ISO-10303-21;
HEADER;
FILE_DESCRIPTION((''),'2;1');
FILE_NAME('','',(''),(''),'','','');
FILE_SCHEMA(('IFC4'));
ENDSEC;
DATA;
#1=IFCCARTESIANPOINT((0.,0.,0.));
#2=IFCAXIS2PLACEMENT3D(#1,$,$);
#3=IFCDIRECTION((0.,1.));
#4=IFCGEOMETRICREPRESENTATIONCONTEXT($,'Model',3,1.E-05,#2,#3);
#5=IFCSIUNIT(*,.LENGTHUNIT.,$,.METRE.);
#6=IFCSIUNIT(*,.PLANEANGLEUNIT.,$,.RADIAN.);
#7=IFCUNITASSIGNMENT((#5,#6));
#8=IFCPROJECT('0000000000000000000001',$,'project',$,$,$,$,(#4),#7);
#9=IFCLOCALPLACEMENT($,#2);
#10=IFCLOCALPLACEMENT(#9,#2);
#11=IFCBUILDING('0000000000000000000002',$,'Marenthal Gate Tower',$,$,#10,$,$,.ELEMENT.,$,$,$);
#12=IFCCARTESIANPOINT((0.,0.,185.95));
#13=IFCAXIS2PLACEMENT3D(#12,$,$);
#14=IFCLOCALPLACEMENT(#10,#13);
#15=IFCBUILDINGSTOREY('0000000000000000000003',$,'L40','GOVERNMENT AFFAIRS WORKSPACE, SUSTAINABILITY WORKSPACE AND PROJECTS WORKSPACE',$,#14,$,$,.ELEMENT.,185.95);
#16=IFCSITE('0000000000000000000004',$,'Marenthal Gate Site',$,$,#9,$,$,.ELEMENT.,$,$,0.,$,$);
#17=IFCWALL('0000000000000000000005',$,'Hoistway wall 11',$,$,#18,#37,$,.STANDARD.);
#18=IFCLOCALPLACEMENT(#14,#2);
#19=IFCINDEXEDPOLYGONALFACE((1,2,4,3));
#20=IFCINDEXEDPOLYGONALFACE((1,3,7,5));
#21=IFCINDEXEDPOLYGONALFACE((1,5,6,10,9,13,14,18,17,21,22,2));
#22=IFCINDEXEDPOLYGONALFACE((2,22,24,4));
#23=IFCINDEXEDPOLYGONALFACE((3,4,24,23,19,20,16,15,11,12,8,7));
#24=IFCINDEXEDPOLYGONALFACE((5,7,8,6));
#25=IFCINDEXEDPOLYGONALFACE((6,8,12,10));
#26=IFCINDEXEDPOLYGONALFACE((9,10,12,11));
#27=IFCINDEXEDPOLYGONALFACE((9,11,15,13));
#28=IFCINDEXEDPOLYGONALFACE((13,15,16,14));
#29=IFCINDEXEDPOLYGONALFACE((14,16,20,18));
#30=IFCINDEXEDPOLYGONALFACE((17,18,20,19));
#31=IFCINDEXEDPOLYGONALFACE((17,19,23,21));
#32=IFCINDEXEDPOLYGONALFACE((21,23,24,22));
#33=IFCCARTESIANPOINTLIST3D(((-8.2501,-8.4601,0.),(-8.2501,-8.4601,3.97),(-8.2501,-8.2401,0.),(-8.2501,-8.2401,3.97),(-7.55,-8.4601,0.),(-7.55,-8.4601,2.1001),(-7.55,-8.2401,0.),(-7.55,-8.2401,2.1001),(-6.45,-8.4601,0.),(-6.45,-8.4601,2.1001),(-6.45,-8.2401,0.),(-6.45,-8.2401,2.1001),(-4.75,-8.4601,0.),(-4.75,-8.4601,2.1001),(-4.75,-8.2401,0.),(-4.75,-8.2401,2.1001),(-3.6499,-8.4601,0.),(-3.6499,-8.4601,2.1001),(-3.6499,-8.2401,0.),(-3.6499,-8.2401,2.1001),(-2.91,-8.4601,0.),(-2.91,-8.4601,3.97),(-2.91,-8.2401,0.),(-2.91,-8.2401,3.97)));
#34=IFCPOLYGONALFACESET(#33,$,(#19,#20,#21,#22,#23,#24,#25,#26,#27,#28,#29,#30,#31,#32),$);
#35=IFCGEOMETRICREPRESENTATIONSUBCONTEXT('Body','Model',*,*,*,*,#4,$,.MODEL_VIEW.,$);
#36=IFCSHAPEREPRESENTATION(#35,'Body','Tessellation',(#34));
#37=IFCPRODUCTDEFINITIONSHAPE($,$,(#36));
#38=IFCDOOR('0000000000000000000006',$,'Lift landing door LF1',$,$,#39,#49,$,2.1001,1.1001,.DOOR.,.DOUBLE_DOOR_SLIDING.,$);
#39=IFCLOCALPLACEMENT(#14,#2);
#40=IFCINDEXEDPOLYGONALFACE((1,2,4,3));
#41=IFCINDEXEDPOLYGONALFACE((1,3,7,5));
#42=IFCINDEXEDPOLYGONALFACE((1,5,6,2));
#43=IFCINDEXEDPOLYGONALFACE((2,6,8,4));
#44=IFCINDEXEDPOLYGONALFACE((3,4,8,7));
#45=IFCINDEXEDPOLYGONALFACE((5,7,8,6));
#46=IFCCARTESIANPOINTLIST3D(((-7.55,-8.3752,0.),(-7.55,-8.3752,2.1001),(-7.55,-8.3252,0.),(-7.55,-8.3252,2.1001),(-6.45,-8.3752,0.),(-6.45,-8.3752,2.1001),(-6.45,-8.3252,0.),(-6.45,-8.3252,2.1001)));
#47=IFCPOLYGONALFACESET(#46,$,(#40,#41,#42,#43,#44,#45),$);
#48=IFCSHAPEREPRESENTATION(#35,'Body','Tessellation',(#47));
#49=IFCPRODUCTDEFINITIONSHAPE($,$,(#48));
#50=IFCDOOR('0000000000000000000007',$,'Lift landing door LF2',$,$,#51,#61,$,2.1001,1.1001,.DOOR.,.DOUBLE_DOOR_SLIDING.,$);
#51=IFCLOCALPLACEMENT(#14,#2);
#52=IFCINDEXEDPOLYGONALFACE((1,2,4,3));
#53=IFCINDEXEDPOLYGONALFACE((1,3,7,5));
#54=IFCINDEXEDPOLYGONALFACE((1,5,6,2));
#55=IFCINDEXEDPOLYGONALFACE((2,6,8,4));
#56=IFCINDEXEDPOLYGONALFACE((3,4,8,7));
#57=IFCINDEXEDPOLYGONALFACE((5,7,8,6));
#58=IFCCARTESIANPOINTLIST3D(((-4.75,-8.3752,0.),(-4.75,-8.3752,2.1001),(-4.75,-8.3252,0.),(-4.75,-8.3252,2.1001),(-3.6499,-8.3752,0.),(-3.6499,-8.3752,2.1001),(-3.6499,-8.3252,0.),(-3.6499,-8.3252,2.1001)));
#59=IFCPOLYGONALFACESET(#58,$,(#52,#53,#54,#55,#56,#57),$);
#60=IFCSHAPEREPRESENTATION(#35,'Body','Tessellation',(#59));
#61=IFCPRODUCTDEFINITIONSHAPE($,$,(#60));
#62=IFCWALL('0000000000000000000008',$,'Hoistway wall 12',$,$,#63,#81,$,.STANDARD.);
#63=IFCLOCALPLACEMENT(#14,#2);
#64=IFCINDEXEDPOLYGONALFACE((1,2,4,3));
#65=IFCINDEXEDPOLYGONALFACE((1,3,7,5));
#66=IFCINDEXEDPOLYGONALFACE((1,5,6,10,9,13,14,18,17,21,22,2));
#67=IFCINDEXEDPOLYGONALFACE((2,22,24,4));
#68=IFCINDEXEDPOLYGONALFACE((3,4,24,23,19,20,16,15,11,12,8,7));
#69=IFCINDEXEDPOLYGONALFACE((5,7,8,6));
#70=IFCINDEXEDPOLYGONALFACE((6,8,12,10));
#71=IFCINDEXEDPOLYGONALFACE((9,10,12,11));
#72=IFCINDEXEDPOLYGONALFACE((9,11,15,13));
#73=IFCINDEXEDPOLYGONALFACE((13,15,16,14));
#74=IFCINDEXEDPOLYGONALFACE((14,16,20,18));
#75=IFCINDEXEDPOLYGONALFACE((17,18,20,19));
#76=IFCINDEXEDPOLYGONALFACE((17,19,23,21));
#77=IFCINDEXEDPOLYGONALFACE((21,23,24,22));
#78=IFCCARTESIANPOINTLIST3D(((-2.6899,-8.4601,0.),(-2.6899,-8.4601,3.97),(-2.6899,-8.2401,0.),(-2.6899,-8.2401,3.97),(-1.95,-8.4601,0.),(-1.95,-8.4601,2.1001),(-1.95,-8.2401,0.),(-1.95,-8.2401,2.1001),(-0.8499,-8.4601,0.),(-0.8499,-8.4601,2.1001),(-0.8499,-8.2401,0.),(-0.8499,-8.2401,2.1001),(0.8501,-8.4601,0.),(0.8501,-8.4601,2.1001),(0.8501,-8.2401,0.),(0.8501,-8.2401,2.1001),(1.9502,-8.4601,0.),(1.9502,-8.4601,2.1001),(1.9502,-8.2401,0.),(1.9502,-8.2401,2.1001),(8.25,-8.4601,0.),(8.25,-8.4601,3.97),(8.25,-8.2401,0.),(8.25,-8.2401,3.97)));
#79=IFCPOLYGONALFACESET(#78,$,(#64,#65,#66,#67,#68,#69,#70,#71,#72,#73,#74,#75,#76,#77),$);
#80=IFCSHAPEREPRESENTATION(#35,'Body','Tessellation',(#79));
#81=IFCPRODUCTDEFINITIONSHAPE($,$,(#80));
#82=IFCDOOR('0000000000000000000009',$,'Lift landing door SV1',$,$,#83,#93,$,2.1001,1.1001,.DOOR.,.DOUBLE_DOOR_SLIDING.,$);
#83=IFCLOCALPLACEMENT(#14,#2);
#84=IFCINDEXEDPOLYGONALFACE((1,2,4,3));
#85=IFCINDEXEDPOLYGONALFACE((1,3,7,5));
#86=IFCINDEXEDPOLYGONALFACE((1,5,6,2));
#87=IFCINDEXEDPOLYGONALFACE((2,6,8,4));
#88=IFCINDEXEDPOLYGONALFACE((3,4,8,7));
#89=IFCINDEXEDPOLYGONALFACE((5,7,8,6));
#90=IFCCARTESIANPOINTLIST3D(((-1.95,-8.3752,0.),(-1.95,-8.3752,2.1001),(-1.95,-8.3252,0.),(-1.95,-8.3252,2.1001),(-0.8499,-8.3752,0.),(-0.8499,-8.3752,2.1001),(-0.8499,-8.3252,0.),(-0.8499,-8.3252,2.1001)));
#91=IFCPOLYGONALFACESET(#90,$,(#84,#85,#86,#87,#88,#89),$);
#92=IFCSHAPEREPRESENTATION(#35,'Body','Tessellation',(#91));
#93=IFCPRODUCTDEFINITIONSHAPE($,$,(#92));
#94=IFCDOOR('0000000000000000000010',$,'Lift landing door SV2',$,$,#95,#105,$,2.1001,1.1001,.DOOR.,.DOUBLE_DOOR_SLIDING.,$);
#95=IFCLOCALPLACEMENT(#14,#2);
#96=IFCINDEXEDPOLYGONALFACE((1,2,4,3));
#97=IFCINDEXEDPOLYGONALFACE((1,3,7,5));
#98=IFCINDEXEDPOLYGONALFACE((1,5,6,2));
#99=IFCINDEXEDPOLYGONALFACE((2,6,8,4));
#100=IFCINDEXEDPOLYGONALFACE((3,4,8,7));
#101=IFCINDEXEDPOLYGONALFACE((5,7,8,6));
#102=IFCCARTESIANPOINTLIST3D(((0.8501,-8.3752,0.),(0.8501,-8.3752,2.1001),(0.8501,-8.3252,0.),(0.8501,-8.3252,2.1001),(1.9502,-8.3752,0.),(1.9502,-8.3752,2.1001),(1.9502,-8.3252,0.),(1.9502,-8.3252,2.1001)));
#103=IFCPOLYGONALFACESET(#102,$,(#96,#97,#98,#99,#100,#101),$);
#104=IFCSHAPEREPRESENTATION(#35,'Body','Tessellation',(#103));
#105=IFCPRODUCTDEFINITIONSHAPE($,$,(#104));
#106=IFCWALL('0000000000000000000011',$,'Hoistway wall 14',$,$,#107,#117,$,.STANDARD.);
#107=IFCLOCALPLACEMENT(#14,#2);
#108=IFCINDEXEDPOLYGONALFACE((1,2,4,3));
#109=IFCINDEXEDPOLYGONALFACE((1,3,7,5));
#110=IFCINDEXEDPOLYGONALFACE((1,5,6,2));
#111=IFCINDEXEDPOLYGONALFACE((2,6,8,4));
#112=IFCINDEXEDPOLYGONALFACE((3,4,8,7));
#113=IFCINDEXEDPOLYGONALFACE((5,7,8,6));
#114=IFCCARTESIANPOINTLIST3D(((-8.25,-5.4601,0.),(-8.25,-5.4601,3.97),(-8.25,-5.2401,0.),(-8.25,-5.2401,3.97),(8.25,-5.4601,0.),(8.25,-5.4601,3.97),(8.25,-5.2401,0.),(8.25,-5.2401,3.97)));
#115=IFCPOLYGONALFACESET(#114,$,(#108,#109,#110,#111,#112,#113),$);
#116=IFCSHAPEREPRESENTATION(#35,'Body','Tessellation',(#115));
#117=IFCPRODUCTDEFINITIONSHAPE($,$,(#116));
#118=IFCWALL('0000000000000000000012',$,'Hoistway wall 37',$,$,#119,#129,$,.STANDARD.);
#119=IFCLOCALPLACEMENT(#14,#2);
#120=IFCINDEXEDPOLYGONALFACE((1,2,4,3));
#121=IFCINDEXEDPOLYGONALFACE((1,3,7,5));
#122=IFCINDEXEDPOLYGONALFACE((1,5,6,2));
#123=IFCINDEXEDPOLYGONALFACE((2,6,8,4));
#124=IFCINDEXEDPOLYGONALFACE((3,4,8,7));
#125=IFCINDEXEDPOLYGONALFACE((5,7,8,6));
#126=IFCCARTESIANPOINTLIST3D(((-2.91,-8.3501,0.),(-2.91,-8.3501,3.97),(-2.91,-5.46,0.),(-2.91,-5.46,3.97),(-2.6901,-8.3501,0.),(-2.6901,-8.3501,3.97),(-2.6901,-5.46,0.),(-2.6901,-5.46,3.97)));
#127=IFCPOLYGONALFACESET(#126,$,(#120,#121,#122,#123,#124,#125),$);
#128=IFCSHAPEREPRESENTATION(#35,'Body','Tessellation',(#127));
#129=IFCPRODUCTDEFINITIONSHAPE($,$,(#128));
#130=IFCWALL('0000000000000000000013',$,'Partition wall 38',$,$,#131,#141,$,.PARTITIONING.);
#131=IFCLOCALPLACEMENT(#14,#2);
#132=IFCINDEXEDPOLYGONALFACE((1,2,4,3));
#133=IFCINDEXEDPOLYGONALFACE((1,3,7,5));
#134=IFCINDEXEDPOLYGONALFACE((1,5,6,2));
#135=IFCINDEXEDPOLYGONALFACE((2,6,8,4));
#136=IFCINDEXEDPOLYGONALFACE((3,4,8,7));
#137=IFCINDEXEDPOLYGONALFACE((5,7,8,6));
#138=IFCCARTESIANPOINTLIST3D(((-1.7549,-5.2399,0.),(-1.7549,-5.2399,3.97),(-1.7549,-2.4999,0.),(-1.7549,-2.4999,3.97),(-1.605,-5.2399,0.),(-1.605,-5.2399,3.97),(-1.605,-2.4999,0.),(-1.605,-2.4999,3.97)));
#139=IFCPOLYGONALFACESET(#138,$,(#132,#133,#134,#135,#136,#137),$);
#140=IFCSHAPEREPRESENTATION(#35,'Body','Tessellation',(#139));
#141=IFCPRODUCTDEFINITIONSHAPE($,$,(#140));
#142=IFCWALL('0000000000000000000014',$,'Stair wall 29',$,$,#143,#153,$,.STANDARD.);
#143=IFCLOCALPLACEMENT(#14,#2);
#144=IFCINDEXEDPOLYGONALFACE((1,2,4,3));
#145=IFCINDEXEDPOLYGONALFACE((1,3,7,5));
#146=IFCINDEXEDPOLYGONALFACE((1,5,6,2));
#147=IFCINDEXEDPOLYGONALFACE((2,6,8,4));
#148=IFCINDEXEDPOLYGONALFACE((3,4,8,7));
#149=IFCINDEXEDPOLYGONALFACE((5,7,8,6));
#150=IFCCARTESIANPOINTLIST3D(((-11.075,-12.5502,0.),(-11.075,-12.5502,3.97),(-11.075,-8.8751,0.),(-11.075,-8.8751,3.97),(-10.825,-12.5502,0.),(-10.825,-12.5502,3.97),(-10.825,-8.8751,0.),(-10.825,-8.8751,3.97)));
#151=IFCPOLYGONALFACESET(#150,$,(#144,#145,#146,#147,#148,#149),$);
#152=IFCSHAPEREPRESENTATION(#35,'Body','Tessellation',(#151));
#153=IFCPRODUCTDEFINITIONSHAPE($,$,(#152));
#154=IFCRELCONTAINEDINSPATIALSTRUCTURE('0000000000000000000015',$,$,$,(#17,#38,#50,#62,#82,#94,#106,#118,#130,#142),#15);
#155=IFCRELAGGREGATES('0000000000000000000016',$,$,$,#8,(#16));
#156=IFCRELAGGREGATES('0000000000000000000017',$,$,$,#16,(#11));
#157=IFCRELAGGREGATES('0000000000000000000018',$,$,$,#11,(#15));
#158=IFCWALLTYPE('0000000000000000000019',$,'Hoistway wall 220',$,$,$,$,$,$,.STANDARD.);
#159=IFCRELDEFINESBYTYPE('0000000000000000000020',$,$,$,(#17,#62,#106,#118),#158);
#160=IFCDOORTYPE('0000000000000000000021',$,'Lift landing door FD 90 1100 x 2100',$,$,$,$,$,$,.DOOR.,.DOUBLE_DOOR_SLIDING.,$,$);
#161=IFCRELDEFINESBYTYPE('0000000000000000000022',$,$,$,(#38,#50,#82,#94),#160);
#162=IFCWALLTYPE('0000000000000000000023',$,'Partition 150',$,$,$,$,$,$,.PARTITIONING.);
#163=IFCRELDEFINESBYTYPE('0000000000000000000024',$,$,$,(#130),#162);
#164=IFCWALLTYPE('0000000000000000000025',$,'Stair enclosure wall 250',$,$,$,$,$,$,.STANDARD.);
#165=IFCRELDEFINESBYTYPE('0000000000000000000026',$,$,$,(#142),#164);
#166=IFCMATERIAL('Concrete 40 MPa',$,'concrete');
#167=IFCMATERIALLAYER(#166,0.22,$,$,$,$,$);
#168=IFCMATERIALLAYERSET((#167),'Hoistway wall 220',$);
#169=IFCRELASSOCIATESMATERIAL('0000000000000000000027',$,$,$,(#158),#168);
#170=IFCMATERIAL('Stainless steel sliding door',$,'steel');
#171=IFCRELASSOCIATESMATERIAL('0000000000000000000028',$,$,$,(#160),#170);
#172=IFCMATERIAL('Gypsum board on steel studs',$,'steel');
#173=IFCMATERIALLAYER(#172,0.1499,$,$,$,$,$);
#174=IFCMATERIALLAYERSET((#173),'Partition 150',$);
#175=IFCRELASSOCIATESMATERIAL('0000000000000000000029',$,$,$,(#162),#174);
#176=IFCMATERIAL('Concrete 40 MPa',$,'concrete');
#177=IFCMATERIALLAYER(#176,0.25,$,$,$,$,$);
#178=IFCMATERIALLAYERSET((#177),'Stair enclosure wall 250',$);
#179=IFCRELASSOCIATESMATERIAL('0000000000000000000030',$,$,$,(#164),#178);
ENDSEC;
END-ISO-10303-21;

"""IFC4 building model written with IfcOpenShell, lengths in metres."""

from ifc_helpers import new_model, si_unit, direction, frame, frame_2d, origin, place, context, subcontext, project, spatial, rectangle, extrude, material, layer, layer_set, type_object, element, fill, save


model = new_model("IFC4")

# Units and contexts
model_context = context("Model", 3, precision=1e-05, world=origin(), true_north=direction((0.0, 1.0)))
body_context = subcontext(model_context, "Body", "Model", "MODEL_VIEW")
ifc_project = project(units=[si_unit("LENGTHUNIT", "METRE"), si_unit("PLANEANGLEUNIT", "RADIAN")], contexts=[model_context])

# Site, building, storey
site_placement = place(None, origin())
site = spatial("IfcSite", under=ifc_project, at=site_placement, Name="Marenthal Gate Site", CompositionType="ELEMENT", RefElevation=0.0)
building_placement = place(site_placement, origin())
building = spatial("IfcBuilding", under=site, at=building_placement, Name="Marenthal Gate Tower", CompositionType="ELEMENT")
storey_placement = place(building_placement, frame((0.0, 0.0, 185.95)))
storey = spatial("IfcBuildingStorey", under=building, at=storey_placement, Name="L40", Description="GOVERNMENT AFFAIRS WORKSPACE, SUSTAINABILITY WORKSPACE AND PROJECTS WORKSPACE", CompositionType="ELEMENT", Elevation=185.95)

# Walls, openings, doors
ifc_material_1 = material(Name="Concrete 40 MPa", Category="concrete")
ifc_layer_1 = layer(ifc_material_1, 0.22)
ifc_layer_set_1 = layer_set([ifc_layer_1], Name="Hoistway wall 220")
wall_type_1 = type_object("IfcWallType", Name="Hoistway wall 220", PredefinedType="STANDARD", material=ifc_layer_set_1)
wall_1_placement = place(storey_placement, frame((-8.25, -8.3501, 0.0), z_axis=(0.0, 0.0, 1.0), x_axis=(1.0, 0.0, 0.0)))
wall_1 = element("IfcWall", 1, at=wall_1_placement, inside=storey, type_object=wall_type_1, Name="Hoistway wall 11", PredefinedType="STANDARD", context=body_context, shape_type="SweptSolid", body=[
    extrude(rectangle(XDim=5.3401, YDim=0.22, at=frame_2d((2.6699, 0.0))), origin(), (0.0, 0.0, 1.0), 3.97),
])
opening_1_placement = place(wall_1_placement, frame((0.7, 0.0, 0.0)))
opening_1 = element("IfcOpeningElement", 2, at=opening_1_placement, cuts=wall_1, PredefinedType="OPENING", context=body_context, shape_type="SweptSolid", body=[
    extrude(rectangle(XDim=1.1001, YDim=2.1001, at=frame_2d((0.55, 1.05))), frame((0.0, 0.1201, 0.0), z_axis=(0.0, -1.0, 0.0), x_axis=(1.0, 0.0, 0.0)), (0.0, 0.0, 1.0), 0.24),
])
opening_2_placement = place(wall_1_placement, frame((3.5, 0.0, 0.0)))
opening_2 = element("IfcOpeningElement", 3, at=opening_2_placement, cuts=wall_1, PredefinedType="OPENING", context=body_context, shape_type="SweptSolid", body=[
    extrude(rectangle(XDim=1.1001, YDim=2.1001, at=frame_2d((0.55, 1.05))), frame((0.0, 0.1201, 0.0), z_axis=(0.0, -1.0, 0.0), x_axis=(1.0, 0.0, 0.0)), (0.0, 0.0, 1.0), 0.24),
])
ifc_material_2 = material(Name="Stainless steel sliding door", Category="steel")
door_type_1 = type_object("IfcDoorType", Name="Lift landing door FD 90 1100 x 2100", OperationType="DOUBLE_DOOR_SLIDING", PredefinedType="DOOR", material=ifc_material_2)
door_1_placement = place(opening_1_placement, origin())
door_1 = element("IfcDoor", 4, at=door_1_placement, inside=storey, type_object=door_type_1, Name="Lift landing door LF1", OperationType="DOUBLE_DOOR_SLIDING", OverallHeight=2.1001, OverallWidth=1.1001, PredefinedType="DOOR", context=body_context, shape_type="SweptSolid", body=[
    extrude(rectangle(XDim=1.1001, YDim=2.1001, at=frame_2d((0.55, 1.05))), frame((0.0, 0.0249, 0.0), z_axis=(0.0, -1.0, 0.0), x_axis=(1.0, 0.0, 0.0)), (0.0, 0.0, 1.0), 0.05),
])
fill(opening_1, door_1)
door_2_placement = place(opening_2_placement, origin())
door_2 = element("IfcDoor", 5, at=door_2_placement, inside=storey, type_object=door_type_1, Name="Lift landing door LF2", OperationType="DOUBLE_DOOR_SLIDING", OverallHeight=2.1001, OverallWidth=1.1001, PredefinedType="DOOR", context=body_context, shape_type="SweptSolid", body=[
    extrude(rectangle(XDim=1.1001, YDim=2.1001, at=frame_2d((0.55, 1.05))), frame((0.0, 0.0249, 0.0), z_axis=(0.0, -1.0, 0.0), x_axis=(1.0, 0.0, 0.0)), (0.0, 0.0, 1.0), 0.05),
])
fill(opening_2, door_2)
wall_2_placement = place(storey_placement, frame((-2.6899, -8.3501, 0.0), z_axis=(0.0, 0.0, 1.0), x_axis=(1.0, 0.0, 0.0)))
wall_2 = element("IfcWall", 6, at=wall_2_placement, inside=storey, type_object=wall_type_1, Name="Hoistway wall 12", PredefinedType="STANDARD", context=body_context, shape_type="SweptSolid", body=[
    extrude(rectangle(XDim=10.9399, YDim=0.22, at=frame_2d((5.47, 0.0))), origin(), (0.0, 0.0, 1.0), 3.97),
])
opening_3_placement = place(wall_2_placement, frame((0.74, 0.0, 0.0)))
opening_3 = element("IfcOpeningElement", 7, at=opening_3_placement, cuts=wall_2, PredefinedType="OPENING", context=body_context, shape_type="SweptSolid", body=[
    extrude(rectangle(XDim=1.1001, YDim=2.1001, at=frame_2d((0.55, 1.05))), frame((0.0, 0.1201, 0.0), z_axis=(0.0, -1.0, 0.0), x_axis=(1.0, 0.0, 0.0)), (0.0, 0.0, 1.0), 0.24),
])
opening_4_placement = place(wall_2_placement, frame((3.54, 0.0, 0.0)))
opening_4 = element("IfcOpeningElement", 8, at=opening_4_placement, cuts=wall_2, PredefinedType="OPENING", context=body_context, shape_type="SweptSolid", body=[
    extrude(rectangle(XDim=1.1001, YDim=2.1001, at=frame_2d((0.55, 1.05))), frame((0.0, 0.1201, 0.0), z_axis=(0.0, -1.0, 0.0), x_axis=(1.0, 0.0, 0.0)), (0.0, 0.0, 1.0), 0.24),
])
door_3_placement = place(opening_3_placement, origin())
door_3 = element("IfcDoor", 9, at=door_3_placement, inside=storey, type_object=door_type_1, Name="Lift landing door SV1", OperationType="DOUBLE_DOOR_SLIDING", OverallHeight=2.1001, OverallWidth=1.1001, PredefinedType="DOOR", context=body_context, shape_type="SweptSolid", body=[
    extrude(rectangle(XDim=1.1001, YDim=2.1001, at=frame_2d((0.55, 1.05))), frame((0.0, 0.0249, 0.0), z_axis=(0.0, -1.0, 0.0), x_axis=(1.0, 0.0, 0.0)), (0.0, 0.0, 1.0), 0.05),
])
fill(opening_3, door_3)
door_4_placement = place(opening_4_placement, origin())
door_4 = element("IfcDoor", 10, at=door_4_placement, inside=storey, type_object=door_type_1, Name="Lift landing door SV2", OperationType="DOUBLE_DOOR_SLIDING", OverallHeight=2.1001, OverallWidth=1.1001, PredefinedType="DOOR", context=body_context, shape_type="SweptSolid", body=[
    extrude(rectangle(XDim=1.1001, YDim=2.1001, at=frame_2d((0.55, 1.05))), frame((0.0, 0.0249, 0.0), z_axis=(0.0, -1.0, 0.0), x_axis=(1.0, 0.0, 0.0)), (0.0, 0.0, 1.0), 0.05),
])
fill(opening_4, door_4)

# Walls
wall_3_placement = place(storey_placement, frame((-8.25, -5.3501, 0.0), z_axis=(0.0, 0.0, 1.0), x_axis=(1.0, 0.0, 0.0)))
element("IfcWall", 11, at=wall_3_placement, inside=storey, type_object=wall_type_1, Name="Hoistway wall 14", PredefinedType="STANDARD", context=body_context, shape_type="SweptSolid", body=[
    extrude(rectangle(XDim=16.5, YDim=0.22, at=frame_2d((8.25, 0.0))), origin(), (0.0, 0.0, 1.0), 3.97),
])
wall_4_placement = place(storey_placement, frame((-2.8, -8.3501, 0.0), z_axis=(0.0, 0.0, 1.0), x_axis=(0.0, 1.0, 0.0)))
element("IfcWall", 12, at=wall_4_placement, inside=storey, type_object=wall_type_1, Name="Hoistway wall 37", PredefinedType="STANDARD", context=body_context, shape_type="SweptSolid", body=[
    extrude(rectangle(XDim=2.8901, YDim=0.22, at=frame_2d((1.4451, 0.0))), origin(), (0.0, 0.0, 1.0), 3.97),
])
ifc_material_3 = material(Name="Gypsum board on steel studs", Category="steel")
ifc_layer_2 = layer(ifc_material_3, 0.1499)
ifc_layer_set_2 = layer_set([ifc_layer_2], Name="Partition 150")
wall_type_2 = type_object("IfcWallType", Name="Partition 150", PredefinedType="PARTITIONING", material=ifc_layer_set_2)
wall_5_placement = place(storey_placement, frame((-1.6799, -5.24, 0.0), z_axis=(0.0, 0.0, 1.0), x_axis=(0.0, 1.0, 0.0)))
element("IfcWall", 13, at=wall_5_placement, inside=storey, type_object=wall_type_2, Name="Partition wall 38", PredefinedType="PARTITIONING", context=body_context, shape_type="SweptSolid", body=[
    extrude(rectangle(XDim=2.74, YDim=0.1499, at=frame_2d((1.3701, 0.0))), origin(), (0.0, 0.0, 1.0), 3.97),
])
ifc_material_4 = material(Name="Concrete 40 MPa", Category="concrete")
ifc_layer_3 = layer(ifc_material_4, 0.25)
ifc_layer_set_3 = layer_set([ifc_layer_3], Name="Stair enclosure wall 250")
wall_type_3 = type_object("IfcWallType", Name="Stair enclosure wall 250", PredefinedType="STANDARD", material=ifc_layer_set_3)
wall_6_placement = place(storey_placement, frame((-10.95, -12.55, 0.0), z_axis=(0.0, 0.0, 1.0), x_axis=(0.0, 1.0, 0.0)))
element("IfcWall", 14, at=wall_6_placement, inside=storey, type_object=wall_type_3, Name="Stair wall 29", PredefinedType="STANDARD", context=body_context, shape_type="SweptSolid", body=[
    extrude(rectangle(XDim=3.675, YDim=0.25, at=frame_2d((1.8374, 0.0))), origin(), (0.0, 0.0, 1.0), 3.97),
])

save(model, "model.ifc")
